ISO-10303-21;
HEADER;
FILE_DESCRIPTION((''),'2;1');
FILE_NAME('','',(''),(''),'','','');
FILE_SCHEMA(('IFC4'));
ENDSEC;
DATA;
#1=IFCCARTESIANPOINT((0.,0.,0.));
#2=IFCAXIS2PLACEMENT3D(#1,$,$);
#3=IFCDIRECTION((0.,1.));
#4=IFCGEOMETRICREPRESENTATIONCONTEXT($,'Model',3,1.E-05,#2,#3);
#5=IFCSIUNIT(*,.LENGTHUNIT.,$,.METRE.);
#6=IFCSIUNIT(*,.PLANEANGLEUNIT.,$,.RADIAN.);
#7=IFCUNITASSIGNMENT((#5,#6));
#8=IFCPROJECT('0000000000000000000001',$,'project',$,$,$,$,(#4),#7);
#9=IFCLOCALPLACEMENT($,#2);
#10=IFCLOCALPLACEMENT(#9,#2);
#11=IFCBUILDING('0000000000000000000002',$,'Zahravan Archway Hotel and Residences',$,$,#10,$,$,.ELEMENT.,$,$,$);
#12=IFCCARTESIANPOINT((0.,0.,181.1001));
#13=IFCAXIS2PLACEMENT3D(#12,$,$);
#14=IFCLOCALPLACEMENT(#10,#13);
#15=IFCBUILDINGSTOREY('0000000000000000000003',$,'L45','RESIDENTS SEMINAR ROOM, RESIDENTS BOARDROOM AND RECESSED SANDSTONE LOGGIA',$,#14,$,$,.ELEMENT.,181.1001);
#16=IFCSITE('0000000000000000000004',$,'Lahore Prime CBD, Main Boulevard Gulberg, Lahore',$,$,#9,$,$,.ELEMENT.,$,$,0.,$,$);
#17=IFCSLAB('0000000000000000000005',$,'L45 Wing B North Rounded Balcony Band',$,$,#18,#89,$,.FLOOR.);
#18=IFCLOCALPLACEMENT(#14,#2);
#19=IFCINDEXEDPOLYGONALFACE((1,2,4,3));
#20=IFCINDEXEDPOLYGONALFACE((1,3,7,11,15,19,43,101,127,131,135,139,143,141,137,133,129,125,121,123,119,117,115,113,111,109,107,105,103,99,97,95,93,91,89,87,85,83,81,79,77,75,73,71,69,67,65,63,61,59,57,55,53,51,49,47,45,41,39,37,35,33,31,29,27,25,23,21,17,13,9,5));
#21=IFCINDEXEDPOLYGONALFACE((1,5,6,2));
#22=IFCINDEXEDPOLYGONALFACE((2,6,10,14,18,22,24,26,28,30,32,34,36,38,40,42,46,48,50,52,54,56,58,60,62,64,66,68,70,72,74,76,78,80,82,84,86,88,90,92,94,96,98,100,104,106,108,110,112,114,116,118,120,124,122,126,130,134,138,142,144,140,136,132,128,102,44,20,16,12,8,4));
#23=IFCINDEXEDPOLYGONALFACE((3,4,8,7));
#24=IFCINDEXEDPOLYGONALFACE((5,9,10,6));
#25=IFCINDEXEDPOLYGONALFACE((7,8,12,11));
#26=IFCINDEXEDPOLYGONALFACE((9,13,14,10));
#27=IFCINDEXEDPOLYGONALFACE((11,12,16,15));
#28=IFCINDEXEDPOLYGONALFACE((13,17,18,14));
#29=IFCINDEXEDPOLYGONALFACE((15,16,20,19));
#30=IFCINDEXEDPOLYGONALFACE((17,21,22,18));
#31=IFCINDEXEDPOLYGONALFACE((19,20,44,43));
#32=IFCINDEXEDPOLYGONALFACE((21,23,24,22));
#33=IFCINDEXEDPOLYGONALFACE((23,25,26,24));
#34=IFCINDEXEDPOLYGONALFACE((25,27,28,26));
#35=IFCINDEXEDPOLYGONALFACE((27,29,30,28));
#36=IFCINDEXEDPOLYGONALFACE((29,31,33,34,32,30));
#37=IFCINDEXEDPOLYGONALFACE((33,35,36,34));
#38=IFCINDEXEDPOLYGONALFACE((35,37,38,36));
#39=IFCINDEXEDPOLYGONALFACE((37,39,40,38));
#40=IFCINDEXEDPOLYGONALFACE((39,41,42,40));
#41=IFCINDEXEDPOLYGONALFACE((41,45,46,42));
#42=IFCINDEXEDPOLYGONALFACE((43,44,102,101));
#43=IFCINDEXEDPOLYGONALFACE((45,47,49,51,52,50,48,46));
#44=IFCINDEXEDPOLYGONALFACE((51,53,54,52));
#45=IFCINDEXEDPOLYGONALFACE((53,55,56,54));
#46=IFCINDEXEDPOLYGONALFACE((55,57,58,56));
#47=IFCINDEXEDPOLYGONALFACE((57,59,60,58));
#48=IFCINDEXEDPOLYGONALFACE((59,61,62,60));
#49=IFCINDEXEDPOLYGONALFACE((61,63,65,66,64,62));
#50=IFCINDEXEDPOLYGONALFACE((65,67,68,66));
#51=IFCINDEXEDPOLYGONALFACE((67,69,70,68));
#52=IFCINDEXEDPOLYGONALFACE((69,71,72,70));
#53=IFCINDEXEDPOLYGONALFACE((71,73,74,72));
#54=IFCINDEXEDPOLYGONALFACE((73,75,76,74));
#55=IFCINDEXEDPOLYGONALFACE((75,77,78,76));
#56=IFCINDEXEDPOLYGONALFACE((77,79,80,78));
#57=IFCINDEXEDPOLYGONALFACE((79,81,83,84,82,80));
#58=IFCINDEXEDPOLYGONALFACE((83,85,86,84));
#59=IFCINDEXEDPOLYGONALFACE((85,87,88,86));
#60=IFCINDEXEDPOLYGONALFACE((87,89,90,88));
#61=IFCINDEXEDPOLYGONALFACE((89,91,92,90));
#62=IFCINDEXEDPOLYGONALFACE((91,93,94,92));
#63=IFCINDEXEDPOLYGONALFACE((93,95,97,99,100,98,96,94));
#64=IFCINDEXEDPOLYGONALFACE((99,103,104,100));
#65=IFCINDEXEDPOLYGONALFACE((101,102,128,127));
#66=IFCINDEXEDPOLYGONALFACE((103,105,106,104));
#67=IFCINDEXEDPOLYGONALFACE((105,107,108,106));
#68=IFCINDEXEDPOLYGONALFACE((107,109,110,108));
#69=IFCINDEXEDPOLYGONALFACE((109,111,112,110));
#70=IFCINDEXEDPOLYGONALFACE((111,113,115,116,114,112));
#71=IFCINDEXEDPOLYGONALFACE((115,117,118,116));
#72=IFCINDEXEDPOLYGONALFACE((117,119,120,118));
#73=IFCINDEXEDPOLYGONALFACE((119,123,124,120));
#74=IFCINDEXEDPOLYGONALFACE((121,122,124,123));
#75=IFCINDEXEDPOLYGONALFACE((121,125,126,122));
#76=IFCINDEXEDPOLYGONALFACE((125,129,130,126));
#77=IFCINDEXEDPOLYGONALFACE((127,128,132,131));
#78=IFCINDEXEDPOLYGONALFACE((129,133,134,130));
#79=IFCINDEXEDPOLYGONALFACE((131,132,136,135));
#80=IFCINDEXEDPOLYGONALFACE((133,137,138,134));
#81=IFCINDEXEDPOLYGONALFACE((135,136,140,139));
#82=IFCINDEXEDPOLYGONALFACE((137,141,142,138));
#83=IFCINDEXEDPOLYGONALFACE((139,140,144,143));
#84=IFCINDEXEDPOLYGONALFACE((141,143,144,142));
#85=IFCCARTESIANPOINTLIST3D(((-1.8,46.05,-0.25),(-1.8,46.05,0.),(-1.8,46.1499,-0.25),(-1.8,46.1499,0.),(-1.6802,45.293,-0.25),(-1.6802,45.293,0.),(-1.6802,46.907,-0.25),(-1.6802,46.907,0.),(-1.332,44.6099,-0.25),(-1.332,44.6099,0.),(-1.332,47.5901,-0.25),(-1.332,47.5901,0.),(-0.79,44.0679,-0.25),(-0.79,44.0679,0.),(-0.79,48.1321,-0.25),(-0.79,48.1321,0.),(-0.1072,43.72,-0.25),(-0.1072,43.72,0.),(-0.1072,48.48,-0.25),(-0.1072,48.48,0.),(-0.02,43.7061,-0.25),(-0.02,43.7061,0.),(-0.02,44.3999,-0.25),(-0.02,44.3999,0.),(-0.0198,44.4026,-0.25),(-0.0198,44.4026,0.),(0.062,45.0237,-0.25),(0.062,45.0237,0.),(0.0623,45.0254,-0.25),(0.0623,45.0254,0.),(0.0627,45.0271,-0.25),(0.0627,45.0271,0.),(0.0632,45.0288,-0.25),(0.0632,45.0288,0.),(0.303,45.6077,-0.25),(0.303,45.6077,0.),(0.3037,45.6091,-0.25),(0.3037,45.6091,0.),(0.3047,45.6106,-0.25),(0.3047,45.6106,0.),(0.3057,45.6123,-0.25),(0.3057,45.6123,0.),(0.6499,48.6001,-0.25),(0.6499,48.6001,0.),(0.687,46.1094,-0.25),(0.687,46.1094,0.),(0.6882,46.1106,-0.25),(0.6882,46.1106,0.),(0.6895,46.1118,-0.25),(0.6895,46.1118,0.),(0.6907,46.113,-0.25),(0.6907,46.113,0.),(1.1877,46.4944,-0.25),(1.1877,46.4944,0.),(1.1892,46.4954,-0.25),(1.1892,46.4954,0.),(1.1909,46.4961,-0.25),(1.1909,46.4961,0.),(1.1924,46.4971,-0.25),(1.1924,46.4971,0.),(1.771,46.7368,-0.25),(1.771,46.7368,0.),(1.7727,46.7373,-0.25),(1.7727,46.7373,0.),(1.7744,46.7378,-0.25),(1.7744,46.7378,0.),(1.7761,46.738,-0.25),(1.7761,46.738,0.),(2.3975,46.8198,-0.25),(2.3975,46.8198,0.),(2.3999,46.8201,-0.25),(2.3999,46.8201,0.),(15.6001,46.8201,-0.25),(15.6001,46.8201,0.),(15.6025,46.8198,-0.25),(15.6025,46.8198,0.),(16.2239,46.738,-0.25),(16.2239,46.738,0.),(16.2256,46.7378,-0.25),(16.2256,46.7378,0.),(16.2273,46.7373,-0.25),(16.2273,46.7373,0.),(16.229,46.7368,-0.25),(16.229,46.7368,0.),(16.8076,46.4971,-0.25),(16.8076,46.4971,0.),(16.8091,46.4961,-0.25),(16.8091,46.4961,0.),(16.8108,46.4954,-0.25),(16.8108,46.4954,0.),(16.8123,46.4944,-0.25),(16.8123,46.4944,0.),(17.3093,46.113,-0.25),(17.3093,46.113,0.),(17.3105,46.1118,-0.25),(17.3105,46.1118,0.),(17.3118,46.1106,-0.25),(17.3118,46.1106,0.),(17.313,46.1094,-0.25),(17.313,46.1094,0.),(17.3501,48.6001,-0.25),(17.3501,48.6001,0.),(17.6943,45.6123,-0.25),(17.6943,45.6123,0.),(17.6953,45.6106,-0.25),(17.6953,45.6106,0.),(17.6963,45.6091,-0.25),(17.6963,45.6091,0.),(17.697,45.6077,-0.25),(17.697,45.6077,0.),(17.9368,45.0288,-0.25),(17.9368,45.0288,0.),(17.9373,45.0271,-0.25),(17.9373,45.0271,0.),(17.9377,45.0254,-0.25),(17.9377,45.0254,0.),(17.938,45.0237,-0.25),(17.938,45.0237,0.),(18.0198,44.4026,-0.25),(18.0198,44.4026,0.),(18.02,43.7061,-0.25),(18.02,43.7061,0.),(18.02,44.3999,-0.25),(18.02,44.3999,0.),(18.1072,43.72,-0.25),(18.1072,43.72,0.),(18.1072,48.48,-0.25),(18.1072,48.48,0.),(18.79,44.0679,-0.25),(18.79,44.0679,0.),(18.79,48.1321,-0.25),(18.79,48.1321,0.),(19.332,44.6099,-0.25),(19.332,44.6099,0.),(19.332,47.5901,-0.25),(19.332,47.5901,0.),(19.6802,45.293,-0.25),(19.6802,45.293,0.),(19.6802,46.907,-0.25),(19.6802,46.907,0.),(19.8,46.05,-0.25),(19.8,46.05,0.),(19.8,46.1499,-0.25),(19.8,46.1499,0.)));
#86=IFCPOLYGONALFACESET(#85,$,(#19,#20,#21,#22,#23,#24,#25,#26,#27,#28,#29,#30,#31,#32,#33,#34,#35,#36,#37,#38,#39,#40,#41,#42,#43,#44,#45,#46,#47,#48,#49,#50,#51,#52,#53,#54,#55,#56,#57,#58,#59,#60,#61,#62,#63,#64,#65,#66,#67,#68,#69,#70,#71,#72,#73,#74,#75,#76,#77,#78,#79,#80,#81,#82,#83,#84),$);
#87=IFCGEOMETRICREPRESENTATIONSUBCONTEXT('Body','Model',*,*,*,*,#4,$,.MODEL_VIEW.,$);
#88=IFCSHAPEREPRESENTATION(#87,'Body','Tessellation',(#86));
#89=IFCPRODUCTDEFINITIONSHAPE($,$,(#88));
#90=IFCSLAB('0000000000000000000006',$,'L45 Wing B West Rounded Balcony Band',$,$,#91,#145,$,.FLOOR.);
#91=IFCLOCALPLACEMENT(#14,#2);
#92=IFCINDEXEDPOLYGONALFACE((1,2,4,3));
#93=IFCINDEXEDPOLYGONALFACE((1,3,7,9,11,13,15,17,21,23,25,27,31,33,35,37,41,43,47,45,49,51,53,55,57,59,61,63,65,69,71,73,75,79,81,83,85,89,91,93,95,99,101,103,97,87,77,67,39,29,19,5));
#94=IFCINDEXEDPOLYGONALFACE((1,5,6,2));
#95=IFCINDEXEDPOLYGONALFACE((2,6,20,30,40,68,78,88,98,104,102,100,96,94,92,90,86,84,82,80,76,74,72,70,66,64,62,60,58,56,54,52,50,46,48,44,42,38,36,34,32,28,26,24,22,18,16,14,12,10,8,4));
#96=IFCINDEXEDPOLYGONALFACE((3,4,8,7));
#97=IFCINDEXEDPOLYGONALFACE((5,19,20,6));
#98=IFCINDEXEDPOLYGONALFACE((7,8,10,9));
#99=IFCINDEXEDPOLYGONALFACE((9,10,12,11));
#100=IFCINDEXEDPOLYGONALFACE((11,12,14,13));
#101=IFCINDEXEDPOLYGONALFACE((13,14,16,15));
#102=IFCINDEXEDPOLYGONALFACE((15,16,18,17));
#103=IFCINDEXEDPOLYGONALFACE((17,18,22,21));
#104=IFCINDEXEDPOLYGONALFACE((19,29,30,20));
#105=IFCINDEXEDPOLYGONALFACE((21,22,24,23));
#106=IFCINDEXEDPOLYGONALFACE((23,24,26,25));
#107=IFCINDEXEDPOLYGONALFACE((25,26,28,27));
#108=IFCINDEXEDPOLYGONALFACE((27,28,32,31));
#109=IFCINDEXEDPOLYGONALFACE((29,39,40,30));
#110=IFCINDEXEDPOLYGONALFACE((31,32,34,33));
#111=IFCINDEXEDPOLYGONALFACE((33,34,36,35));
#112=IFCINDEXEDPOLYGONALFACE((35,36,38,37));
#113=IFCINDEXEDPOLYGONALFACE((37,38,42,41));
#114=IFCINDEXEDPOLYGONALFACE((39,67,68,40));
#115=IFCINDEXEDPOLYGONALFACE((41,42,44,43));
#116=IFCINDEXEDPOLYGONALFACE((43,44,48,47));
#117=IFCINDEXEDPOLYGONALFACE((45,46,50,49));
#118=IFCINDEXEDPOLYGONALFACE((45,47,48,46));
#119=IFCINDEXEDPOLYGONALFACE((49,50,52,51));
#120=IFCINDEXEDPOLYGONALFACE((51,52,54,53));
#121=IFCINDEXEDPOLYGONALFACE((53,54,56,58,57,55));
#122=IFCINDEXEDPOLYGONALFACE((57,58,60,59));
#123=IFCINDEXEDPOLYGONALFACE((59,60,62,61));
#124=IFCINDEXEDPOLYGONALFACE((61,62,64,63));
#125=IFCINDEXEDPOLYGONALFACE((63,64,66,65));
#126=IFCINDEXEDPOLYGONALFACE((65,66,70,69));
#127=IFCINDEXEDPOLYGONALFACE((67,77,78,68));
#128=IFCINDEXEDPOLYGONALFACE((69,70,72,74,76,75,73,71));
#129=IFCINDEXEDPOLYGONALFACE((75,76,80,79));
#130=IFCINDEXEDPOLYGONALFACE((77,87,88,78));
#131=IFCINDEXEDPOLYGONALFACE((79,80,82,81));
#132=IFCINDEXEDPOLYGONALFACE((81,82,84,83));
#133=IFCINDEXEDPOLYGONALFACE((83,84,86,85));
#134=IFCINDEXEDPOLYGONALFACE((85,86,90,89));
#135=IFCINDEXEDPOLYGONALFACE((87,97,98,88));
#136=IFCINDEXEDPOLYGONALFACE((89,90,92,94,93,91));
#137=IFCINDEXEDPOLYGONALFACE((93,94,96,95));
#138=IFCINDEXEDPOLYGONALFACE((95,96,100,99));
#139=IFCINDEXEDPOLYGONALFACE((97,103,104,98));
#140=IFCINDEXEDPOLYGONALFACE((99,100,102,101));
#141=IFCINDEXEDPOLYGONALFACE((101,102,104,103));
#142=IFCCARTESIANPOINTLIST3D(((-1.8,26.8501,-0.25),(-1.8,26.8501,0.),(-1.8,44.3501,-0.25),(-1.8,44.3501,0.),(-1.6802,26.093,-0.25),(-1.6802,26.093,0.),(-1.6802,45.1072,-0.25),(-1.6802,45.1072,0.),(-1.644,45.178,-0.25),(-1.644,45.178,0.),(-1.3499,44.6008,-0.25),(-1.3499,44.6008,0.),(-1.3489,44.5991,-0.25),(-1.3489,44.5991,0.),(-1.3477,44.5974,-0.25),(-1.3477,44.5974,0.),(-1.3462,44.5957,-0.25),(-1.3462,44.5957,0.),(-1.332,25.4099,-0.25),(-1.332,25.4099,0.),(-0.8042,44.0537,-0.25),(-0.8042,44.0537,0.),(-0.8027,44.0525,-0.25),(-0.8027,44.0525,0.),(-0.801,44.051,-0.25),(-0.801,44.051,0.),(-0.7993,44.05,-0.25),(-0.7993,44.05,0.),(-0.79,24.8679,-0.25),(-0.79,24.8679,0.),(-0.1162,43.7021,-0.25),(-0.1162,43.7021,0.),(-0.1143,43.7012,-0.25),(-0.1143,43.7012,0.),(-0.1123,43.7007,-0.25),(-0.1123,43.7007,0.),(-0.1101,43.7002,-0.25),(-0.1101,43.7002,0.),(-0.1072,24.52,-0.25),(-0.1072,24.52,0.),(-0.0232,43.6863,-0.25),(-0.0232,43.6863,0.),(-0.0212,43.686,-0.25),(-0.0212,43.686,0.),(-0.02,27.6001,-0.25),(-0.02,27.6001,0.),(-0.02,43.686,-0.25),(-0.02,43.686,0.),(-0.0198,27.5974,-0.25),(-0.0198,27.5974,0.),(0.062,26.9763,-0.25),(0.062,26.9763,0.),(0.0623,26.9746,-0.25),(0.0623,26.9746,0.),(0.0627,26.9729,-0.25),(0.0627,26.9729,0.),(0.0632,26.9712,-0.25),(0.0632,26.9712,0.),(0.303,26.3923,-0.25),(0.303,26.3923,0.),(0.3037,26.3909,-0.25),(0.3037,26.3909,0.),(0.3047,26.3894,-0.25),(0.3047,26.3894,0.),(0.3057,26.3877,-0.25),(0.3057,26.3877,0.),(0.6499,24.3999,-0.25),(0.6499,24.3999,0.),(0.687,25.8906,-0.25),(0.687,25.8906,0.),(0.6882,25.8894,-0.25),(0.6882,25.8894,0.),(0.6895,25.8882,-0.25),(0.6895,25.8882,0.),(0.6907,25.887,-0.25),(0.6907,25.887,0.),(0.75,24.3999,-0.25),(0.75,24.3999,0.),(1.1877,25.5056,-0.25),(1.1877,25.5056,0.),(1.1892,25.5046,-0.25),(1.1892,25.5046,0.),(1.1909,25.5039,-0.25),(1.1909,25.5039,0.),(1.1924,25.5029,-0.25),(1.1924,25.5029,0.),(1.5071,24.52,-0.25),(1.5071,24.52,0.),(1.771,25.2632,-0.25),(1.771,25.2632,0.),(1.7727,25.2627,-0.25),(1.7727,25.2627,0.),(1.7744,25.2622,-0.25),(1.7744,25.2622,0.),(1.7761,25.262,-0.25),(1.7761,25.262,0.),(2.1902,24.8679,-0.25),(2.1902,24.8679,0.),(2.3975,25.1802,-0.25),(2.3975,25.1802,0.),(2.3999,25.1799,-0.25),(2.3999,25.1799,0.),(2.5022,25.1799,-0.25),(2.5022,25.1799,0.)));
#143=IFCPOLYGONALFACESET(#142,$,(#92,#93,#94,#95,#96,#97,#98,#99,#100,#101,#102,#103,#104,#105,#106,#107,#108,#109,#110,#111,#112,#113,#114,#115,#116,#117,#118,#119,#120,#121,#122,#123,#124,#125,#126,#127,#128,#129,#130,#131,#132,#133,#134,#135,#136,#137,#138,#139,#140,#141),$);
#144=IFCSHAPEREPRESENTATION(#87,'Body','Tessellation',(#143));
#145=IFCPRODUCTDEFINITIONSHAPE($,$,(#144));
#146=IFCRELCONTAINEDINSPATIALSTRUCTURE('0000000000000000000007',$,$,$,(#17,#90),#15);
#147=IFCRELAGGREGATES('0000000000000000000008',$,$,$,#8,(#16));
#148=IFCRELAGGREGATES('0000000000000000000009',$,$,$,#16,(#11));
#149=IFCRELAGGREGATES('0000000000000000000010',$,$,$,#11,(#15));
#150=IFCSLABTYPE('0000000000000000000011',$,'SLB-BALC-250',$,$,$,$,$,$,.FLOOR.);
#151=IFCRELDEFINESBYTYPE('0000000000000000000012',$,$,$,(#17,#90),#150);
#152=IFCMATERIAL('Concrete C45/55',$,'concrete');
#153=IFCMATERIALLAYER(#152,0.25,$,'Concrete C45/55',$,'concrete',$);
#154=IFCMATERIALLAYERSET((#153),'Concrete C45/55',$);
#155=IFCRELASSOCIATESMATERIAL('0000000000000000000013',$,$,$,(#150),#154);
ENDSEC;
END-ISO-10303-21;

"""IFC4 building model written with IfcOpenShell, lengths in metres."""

from ifc_helpers import new_model, si_unit, direction, frame, origin, place, context, subcontext, project, spatial, polyline, outline, extrude, material, layer, layer_set, type_object, element, save


model = new_model("IFC4")

# Units and contexts
model_context = context("Model", 3, precision=1e-05, world=origin(), true_north=direction((0.0, 1.0)))
body_context = subcontext(model_context, "Body", "Model", "MODEL_VIEW")
ifc_project = project(units=[si_unit("LENGTHUNIT", "METRE"), si_unit("PLANEANGLEUNIT", "RADIAN")], contexts=[model_context])

# Site, building, storey
site_placement = place(None, origin())
site = spatial("IfcSite", under=ifc_project, at=site_placement, Name="Lahore Prime CBD, Main Boulevard Gulberg, Lahore", CompositionType="ELEMENT", RefElevation=0.0)
building_placement = place(site_placement, origin())
building = spatial("IfcBuilding", under=site, at=building_placement, Name="Zahravan Archway Hotel and Residences", CompositionType="ELEMENT")
storey_placement = place(building_placement, frame((0.0, 0.0, 181.1001)))
storey = spatial("IfcBuildingStorey", under=building, at=storey_placement, Name="L45", Description="RESIDENTS SEMINAR ROOM, RESIDENTS BOARDROOM AND RECESSED SANDSTONE LOGGIA", CompositionType="ELEMENT", Elevation=181.1001)

# Slabs
ifc_material_1 = material(Name="Concrete C45/55", Category="concrete")
ifc_layer_1 = layer(ifc_material_1, 0.25, Name="Concrete C45/55", Category="concrete")
ifc_layer_set_1 = layer_set([ifc_layer_1], Name="Concrete C45/55")
slab_type_1 = type_object("IfcSlabType", Name="SLB-BALC-250", PredefinedType="FLOOR", material=ifc_layer_set_1)
slab_1_placement = place(storey_placement, frame((0.0, 0.0, -0.25)))
element("IfcSlab", 1, at=slab_1_placement, inside=storey, type_object=slab_type_1, Name="L45 Wing B North Rounded Balcony Band", PredefinedType="FLOOR", context=body_context, shape_type="SweptSolid", body=[
    extrude(outline(polyline([(-0.1072, 43.72), (-0.79, 44.0679), (-1.332, 44.6099), (-1.6802, 45.293), (-1.8, 46.05), (-1.8, 46.1499), (-1.6802, 46.907), (-1.332, 47.5901), (-0.79, 48.1321), (-0.1072, 48.48), (0.6499, 48.6001), (17.3501, 48.6001), (18.1072, 48.48), (18.79, 48.1321), (19.332, 47.5901), (19.6802, 46.907), (19.8, 46.1499), (19.8, 46.05), (19.6802, 45.293), (19.332, 44.6099), (18.79, 44.0679), (18.1072, 43.72), (18.02, 43.7061), (18.02, 44.3999), (18.0198, 44.4026), (17.938, 45.0237), (17.9377, 45.0254), (17.9373, 45.0271), (17.9368, 45.0288), (17.697, 45.6077), (17.6963, 45.6091), (17.6953, 45.6106), (17.6943, 45.6123), (17.313, 46.1094), (17.3118, 46.1106), (17.3105, 46.1118), (17.3093, 46.113), (16.8123, 46.4944), (16.8108, 46.4954), (16.8091, 46.4961), (16.8076, 46.4971), (16.229, 46.7368), (16.2273, 46.7373), (16.2256, 46.7378), (16.2239, 46.738), (15.6025, 46.8198), (15.6001, 46.8201), (2.3999, 46.8201), (2.3975, 46.8198), (1.7761, 46.738), (1.7744, 46.7378), (1.7727, 46.7373), (1.771, 46.7368), (1.1924, 46.4971), (1.1909, 46.4961), (1.1892, 46.4954), (1.1877, 46.4944), (0.6907, 46.113), (0.6895, 46.1118), (0.6882, 46.1106), (0.687, 46.1094), (0.3057, 45.6123), (0.3047, 45.6106), (0.3037, 45.6091), (0.303, 45.6077), (0.0632, 45.0288), (0.0627, 45.0271), (0.0623, 45.0254), (0.062, 45.0237), (-0.0198, 44.4026), (-0.02, 44.3999), (-0.02, 43.7061), (-0.1072, 43.72)])), origin(), (0.0, 0.0, 1.0), 0.25),
])
slab_2_placement = place(storey_placement, frame((0.0, 0.0, -0.25)))
element("IfcSlab", 2, at=slab_2_placement, inside=storey, type_object=slab_type_1, Name="L45 Wing B West Rounded Balcony Band", PredefinedType="FLOOR", context=body_context, shape_type="SweptSolid", body=[
    extrude(outline(polyline([(2.1902, 24.8679), (1.5071, 24.52), (0.75, 24.3999), (0.6499, 24.3999), (-0.1072, 24.52), (-0.79, 24.8679), (-1.332, 25.4099), (-1.6802, 26.093), (-1.8, 26.8501), (-1.8, 44.3501), (-1.6802, 45.1072), (-1.644, 45.178), (-1.3499, 44.6008), (-1.3489, 44.5991), (-1.3477, 44.5974), (-1.3462, 44.5957), (-0.8042, 44.0537), (-0.8027, 44.0525), (-0.801, 44.051), (-0.7993, 44.05), (-0.1162, 43.7021), (-0.1143, 43.7012), (-0.1123, 43.7007), (-0.1101, 43.7002), (-0.0232, 43.6863), (-0.0212, 43.686), (-0.02, 43.686), (-0.02, 27.6001), (-0.0198, 27.5974), (0.062, 26.9763), (0.0623, 26.9746), (0.0627, 26.9729), (0.0632, 26.9712), (0.303, 26.3923), (0.3037, 26.3909), (0.3047, 26.3894), (0.3057, 26.3877), (0.687, 25.8906), (0.6882, 25.8894), (0.6895, 25.8882), (0.6907, 25.887), (1.1877, 25.5056), (1.1892, 25.5046), (1.1909, 25.5039), (1.1924, 25.5029), (1.771, 25.2632), (1.7727, 25.2627), (1.7744, 25.2622), (1.7761, 25.262), (2.3975, 25.1802), (2.3999, 25.1799), (2.5022, 25.1799), (2.1902, 24.8679)])), origin(), (0.0, 0.0, 1.0), 0.25),
])

save(model, "model.ifc")
